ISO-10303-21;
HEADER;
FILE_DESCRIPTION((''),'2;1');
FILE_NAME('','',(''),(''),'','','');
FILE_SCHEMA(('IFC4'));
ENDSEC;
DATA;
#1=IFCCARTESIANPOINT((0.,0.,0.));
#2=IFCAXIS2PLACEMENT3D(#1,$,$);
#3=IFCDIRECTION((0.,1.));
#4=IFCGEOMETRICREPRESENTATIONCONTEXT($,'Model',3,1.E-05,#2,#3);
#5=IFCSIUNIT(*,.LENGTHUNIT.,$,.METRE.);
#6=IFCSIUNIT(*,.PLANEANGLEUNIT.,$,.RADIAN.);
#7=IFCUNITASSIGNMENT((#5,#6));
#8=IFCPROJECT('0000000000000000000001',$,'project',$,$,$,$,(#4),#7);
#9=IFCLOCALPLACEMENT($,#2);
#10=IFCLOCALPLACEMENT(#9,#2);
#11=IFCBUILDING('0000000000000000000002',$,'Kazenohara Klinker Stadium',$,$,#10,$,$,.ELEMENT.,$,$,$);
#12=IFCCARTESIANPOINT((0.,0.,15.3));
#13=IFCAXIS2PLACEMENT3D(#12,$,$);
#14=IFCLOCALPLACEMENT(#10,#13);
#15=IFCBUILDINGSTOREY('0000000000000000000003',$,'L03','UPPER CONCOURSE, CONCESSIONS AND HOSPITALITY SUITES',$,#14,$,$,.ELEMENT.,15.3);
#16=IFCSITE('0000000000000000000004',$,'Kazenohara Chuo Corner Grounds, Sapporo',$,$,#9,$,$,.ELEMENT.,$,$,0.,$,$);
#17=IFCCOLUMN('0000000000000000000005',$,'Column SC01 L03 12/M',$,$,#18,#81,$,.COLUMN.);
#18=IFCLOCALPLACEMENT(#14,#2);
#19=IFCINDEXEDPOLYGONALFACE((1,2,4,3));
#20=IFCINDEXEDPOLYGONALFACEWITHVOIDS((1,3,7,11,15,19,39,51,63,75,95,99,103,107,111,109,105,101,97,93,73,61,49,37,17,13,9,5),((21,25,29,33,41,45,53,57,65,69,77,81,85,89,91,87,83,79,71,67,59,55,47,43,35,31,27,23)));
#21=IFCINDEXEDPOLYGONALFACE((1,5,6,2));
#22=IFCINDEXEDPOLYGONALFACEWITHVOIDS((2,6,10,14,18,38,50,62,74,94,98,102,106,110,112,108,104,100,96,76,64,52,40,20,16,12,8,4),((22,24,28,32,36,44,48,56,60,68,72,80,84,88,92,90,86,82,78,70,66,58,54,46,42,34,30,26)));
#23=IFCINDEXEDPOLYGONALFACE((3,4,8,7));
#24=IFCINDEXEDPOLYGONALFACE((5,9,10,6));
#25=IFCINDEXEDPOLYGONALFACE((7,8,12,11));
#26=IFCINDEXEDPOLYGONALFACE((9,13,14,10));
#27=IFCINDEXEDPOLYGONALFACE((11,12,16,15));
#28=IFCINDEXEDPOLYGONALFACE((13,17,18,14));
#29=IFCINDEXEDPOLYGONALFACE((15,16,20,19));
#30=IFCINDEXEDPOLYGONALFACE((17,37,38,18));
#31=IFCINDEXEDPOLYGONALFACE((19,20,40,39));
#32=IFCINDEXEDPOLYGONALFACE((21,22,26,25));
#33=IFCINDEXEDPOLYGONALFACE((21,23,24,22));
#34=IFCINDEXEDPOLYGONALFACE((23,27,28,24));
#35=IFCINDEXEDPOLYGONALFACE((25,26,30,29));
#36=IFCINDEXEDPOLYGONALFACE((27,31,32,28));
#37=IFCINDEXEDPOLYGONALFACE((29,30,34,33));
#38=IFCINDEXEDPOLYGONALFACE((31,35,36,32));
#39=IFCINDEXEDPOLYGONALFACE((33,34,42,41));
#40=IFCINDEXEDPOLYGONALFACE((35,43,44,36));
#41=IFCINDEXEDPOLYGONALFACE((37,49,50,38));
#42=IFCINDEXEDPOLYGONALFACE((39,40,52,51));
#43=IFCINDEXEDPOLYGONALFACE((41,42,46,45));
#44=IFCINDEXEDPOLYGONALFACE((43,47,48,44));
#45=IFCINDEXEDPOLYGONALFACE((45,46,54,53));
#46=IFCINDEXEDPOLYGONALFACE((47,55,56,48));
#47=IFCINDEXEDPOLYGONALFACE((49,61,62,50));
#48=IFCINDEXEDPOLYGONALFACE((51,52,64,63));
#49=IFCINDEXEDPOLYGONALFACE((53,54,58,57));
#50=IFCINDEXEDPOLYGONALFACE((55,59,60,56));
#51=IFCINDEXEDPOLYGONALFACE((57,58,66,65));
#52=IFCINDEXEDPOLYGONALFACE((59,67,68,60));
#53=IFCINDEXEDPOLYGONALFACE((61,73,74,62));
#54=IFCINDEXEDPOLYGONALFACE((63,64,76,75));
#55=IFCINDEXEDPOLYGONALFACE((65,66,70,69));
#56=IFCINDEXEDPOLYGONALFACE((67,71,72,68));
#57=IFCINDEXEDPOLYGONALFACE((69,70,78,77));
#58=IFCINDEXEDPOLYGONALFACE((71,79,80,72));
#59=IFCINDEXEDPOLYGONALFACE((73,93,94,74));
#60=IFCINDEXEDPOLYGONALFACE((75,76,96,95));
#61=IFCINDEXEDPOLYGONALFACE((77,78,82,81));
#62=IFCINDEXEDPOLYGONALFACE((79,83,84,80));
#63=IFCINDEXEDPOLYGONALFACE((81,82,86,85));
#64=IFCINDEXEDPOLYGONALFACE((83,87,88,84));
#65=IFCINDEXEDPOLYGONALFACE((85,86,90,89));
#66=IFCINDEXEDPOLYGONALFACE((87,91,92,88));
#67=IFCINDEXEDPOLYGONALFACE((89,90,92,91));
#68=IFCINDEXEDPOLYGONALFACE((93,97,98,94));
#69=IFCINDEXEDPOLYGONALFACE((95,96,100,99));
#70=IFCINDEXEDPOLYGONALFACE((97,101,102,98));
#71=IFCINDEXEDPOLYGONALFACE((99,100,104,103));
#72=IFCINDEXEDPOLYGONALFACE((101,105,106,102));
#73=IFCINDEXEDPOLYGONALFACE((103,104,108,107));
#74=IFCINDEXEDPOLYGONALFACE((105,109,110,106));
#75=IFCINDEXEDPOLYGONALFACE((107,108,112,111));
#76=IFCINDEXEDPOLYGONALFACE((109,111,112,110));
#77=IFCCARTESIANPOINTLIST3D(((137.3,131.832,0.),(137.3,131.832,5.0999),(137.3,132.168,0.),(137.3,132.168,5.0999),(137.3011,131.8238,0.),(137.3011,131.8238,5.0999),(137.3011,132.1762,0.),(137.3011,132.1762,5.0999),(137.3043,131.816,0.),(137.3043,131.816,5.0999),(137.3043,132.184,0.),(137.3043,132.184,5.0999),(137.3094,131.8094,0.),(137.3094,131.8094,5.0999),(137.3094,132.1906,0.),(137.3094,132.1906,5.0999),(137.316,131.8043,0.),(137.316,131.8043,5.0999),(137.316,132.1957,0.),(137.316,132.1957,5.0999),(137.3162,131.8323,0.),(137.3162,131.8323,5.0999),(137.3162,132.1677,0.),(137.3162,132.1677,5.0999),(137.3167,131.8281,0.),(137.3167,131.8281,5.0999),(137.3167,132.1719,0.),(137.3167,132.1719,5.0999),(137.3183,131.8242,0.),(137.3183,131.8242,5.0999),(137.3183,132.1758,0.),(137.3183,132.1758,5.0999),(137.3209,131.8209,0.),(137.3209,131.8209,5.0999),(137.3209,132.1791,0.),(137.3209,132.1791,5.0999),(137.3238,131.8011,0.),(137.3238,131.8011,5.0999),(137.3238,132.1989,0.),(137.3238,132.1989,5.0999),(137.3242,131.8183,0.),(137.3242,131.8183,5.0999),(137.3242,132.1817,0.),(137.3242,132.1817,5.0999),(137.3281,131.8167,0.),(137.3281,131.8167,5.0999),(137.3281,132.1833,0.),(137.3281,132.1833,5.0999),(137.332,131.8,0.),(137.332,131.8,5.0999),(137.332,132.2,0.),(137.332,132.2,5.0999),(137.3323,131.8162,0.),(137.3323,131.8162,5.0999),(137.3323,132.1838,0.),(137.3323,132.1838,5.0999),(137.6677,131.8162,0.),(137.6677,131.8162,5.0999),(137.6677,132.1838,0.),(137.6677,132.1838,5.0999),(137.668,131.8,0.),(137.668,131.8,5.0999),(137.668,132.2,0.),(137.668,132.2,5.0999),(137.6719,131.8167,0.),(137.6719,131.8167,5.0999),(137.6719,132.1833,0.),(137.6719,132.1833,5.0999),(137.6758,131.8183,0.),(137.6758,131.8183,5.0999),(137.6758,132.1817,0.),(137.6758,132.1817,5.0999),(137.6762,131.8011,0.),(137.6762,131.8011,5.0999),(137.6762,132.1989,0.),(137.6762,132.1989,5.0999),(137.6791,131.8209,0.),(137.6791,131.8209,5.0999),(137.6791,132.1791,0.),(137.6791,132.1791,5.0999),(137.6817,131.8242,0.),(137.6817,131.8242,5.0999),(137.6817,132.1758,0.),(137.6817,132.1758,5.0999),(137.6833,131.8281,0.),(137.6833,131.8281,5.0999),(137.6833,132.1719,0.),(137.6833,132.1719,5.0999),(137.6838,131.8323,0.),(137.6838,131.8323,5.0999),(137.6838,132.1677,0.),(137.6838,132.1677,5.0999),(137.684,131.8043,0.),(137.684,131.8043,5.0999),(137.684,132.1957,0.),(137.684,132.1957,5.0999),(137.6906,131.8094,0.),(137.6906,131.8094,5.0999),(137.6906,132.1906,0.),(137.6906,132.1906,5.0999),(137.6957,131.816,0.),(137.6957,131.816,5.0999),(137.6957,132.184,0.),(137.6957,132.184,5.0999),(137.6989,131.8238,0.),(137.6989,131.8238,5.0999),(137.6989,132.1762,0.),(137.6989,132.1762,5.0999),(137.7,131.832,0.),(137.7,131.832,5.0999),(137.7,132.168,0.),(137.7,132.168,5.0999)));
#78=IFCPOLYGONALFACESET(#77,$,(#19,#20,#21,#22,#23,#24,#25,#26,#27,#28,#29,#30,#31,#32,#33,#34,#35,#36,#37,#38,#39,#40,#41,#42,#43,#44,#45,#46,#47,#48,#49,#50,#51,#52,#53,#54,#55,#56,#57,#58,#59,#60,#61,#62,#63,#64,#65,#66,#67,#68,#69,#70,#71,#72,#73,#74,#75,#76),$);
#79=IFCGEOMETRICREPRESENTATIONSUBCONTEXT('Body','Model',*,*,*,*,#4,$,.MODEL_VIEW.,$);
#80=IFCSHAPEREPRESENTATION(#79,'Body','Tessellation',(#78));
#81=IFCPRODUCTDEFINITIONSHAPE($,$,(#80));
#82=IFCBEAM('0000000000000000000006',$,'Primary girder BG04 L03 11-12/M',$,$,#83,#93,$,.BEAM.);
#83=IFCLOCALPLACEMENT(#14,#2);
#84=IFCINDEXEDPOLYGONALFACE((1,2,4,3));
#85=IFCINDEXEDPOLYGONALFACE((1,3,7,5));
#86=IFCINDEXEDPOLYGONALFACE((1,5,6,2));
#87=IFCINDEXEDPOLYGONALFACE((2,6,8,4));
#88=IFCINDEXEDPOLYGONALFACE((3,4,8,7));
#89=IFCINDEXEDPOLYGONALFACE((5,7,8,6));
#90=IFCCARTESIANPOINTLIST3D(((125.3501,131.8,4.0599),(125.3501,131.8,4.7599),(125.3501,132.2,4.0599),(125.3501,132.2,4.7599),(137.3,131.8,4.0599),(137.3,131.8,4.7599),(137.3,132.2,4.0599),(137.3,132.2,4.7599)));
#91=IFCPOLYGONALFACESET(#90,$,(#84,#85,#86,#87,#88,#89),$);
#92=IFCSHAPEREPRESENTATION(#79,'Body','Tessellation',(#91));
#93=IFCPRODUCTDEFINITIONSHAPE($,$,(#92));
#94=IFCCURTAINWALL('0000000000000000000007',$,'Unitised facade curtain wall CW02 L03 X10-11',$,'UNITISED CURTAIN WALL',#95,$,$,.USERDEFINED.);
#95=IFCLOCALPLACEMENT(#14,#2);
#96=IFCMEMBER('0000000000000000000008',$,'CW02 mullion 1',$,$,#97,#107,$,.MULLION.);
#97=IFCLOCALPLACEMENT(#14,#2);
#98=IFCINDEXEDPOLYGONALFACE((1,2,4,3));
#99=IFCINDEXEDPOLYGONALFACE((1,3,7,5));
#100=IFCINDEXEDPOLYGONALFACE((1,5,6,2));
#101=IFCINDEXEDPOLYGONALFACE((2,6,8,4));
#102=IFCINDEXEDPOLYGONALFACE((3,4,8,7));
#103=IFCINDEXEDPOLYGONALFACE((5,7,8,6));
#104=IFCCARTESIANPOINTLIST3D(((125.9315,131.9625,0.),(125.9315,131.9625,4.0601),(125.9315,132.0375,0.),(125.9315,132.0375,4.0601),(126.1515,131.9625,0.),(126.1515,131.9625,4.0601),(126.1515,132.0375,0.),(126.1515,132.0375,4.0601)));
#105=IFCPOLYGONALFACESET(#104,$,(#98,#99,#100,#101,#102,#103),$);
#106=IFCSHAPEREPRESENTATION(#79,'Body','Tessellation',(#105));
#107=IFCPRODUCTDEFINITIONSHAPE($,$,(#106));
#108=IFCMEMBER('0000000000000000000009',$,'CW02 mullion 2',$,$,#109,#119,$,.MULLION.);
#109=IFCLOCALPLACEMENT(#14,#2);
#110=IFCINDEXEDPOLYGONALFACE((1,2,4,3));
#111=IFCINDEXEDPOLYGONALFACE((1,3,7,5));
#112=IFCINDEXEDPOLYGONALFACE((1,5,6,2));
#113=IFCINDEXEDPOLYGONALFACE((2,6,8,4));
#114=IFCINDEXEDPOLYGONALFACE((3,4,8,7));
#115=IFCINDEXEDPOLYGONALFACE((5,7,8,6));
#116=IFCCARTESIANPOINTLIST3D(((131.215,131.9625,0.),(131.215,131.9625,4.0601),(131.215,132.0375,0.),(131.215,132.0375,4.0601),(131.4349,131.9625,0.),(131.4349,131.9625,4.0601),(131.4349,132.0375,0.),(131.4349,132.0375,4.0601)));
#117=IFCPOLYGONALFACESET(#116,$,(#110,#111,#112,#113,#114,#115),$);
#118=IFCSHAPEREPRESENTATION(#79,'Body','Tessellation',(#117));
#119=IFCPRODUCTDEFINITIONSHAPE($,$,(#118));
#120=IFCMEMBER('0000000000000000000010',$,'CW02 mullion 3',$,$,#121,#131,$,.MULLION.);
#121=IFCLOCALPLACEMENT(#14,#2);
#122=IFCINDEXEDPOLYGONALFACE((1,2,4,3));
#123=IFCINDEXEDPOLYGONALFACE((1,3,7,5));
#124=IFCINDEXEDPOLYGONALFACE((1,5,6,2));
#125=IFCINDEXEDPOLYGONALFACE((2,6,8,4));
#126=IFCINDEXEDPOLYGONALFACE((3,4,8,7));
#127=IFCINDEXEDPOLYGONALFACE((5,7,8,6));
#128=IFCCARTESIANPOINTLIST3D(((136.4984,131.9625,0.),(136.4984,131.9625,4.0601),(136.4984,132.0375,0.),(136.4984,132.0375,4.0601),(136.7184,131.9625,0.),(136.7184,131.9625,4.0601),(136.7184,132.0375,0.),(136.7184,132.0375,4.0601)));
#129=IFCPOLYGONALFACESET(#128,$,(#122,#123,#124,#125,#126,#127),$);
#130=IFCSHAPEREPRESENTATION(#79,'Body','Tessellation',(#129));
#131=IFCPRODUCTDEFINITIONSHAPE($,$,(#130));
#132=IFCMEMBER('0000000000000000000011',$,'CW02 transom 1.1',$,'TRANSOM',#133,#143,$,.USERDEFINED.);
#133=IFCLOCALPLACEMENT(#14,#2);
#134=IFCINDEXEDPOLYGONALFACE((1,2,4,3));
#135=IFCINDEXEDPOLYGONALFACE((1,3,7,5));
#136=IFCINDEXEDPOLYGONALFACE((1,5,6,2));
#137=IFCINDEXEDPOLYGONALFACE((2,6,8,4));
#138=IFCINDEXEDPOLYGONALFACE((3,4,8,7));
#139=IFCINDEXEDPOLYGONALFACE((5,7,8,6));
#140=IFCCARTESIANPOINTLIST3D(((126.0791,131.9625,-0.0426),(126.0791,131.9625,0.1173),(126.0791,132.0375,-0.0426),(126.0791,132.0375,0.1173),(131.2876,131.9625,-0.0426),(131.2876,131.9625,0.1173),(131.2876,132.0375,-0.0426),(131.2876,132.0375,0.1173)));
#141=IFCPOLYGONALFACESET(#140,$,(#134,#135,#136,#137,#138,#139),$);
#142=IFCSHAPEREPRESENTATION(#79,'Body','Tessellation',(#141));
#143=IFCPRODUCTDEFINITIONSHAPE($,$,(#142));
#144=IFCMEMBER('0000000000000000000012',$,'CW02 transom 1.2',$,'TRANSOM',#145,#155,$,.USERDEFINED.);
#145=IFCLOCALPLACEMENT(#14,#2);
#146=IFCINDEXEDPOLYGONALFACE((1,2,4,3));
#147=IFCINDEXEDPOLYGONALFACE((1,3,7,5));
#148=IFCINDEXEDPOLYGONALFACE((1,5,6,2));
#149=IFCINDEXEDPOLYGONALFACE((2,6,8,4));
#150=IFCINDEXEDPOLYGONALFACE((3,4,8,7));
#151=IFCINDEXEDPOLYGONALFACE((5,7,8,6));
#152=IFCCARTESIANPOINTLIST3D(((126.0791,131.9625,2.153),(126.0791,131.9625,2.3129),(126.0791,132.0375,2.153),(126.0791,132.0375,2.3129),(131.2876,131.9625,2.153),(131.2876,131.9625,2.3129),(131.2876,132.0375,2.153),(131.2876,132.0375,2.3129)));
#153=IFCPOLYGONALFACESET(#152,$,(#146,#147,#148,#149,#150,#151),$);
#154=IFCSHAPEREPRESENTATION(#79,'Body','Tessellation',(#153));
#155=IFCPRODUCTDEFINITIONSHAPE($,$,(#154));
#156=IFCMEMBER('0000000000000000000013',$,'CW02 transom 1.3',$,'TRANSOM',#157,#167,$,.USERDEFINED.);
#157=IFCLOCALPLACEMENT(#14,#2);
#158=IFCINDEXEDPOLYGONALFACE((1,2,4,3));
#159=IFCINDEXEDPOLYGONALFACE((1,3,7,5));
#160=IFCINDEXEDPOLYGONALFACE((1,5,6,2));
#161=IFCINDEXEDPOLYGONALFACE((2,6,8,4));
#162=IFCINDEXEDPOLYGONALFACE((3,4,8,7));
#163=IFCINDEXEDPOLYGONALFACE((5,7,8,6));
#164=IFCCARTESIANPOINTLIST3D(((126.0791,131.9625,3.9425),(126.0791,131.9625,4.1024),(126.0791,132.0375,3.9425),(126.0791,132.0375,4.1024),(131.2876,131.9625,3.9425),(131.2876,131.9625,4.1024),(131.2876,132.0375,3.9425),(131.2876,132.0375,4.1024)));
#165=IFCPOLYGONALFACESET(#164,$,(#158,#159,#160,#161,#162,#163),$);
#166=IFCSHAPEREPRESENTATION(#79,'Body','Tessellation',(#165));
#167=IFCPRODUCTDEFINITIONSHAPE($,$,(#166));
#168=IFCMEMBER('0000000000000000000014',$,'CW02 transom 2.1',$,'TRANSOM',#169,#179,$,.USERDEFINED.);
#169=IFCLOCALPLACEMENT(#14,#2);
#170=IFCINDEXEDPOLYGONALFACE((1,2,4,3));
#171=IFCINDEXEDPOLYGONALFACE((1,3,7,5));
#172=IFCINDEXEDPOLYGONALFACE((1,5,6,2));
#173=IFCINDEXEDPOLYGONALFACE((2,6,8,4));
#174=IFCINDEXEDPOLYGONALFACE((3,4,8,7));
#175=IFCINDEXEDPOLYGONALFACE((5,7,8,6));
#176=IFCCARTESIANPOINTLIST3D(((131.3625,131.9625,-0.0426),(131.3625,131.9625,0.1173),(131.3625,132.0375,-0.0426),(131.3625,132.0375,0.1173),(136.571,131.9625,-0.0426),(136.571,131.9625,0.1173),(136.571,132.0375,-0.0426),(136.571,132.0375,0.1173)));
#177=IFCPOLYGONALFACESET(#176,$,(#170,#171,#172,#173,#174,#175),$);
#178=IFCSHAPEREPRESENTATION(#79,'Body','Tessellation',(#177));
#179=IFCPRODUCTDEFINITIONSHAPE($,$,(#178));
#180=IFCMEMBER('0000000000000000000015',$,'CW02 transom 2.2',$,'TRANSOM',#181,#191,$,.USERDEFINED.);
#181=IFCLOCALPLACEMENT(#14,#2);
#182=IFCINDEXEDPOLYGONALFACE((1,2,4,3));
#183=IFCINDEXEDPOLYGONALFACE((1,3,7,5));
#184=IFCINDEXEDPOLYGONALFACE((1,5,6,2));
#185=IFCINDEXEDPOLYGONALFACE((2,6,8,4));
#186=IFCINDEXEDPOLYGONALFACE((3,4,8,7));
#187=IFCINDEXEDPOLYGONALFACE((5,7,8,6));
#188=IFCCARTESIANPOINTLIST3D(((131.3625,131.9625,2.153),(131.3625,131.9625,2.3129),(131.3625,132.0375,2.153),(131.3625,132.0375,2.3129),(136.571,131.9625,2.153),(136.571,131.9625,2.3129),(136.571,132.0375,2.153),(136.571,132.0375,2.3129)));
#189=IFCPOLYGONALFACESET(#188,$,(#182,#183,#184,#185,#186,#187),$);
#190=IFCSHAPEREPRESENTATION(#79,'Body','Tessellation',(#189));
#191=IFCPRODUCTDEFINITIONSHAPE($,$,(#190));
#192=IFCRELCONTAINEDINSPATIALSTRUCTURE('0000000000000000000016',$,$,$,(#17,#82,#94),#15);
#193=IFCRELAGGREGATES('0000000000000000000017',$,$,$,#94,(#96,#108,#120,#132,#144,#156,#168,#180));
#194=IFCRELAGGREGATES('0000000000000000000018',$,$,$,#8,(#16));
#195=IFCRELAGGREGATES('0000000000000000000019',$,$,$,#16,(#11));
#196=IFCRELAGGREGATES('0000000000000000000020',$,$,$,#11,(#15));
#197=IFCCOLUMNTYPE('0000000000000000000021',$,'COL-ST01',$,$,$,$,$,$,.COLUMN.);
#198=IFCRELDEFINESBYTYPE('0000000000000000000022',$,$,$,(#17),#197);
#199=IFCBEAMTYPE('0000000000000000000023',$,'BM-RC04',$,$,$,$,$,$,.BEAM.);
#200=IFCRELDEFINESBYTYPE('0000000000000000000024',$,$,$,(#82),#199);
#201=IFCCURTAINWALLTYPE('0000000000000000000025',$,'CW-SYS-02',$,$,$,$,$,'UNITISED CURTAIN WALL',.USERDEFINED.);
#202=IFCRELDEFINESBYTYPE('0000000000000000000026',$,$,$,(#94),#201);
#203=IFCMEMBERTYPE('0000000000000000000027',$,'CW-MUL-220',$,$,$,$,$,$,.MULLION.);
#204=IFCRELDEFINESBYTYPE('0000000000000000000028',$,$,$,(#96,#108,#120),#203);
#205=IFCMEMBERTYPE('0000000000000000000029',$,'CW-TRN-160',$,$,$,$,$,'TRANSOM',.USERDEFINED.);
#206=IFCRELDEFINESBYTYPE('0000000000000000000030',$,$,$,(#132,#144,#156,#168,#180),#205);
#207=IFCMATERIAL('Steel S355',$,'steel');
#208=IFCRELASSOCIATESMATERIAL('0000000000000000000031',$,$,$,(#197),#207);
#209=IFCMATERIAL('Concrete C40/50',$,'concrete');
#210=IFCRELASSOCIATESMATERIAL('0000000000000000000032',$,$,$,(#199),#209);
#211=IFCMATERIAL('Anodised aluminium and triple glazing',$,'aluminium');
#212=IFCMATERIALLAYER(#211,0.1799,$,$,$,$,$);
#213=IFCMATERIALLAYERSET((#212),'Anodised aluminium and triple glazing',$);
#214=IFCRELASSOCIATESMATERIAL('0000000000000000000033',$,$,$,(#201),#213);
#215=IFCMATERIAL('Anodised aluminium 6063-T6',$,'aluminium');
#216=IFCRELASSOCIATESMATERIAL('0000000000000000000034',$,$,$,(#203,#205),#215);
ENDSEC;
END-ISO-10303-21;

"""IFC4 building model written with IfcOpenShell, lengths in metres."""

from ifc_helpers import new_model, si_unit, direction, frame, origin, origin_2d, place, context, subcontext, project, spatial, rectangle, hollow_rectangle, extrude, material, layer, layer_set, material_profile, profile_set, type_object, element, aggregate, save


model = new_model("IFC4")

# Units and contexts
model_context = context("Model", 3, precision=1e-05, world=origin(), true_north=direction((0.0, 1.0)))
body_context = subcontext(model_context, "Body", "Model", "MODEL_VIEW")
ifc_project = project(units=[si_unit("LENGTHUNIT", "METRE"), si_unit("PLANEANGLEUNIT", "RADIAN")], contexts=[model_context])

# Site, building, storey
site_placement = place(None, origin())
site = spatial("IfcSite", under=ifc_project, at=site_placement, Name="Kazenohara Chuo Corner Grounds, Sapporo", CompositionType="ELEMENT", RefElevation=0.0)
building_placement = place(site_placement, origin())
building = spatial("IfcBuilding", under=site, at=building_placement, Name="Kazenohara Klinker Stadium", CompositionType="ELEMENT")
storey_placement = place(building_placement, frame((0.0, 0.0, 15.3)))
storey = spatial("IfcBuildingStorey", under=building, at=storey_placement, Name="L03", Description="UPPER CONCOURSE, CONCESSIONS AND HOSPITALITY SUITES", CompositionType="ELEMENT", Elevation=15.3)

# Column
ifc_material_1 = material(Name="Steel S355", Category="steel")
ifc_material_profile_1 = material_profile(ifc_material_1, hollow_rectangle(XDim=0.3999, YDim=0.3999, WallThickness=0.0161, InnerFilletRadius=0.0161, OuterFilletRadius=0.032, at=origin_2d()), Name="SHS-400x400x16")
ifc_profile_set_1 = profile_set([ifc_material_profile_1], Name="Steel S355")
column_type = type_object("IfcColumnType", Name="COL-ST01", PredefinedType="COLUMN", material=ifc_profile_set_1)
column_placement = place(storey_placement, frame((137.5, 132.0, 0.0), z_axis=(0.0, 0.0, 1.0), x_axis=(1.0, 0.0, 0.0)))
element("IfcColumn", 1, at=column_placement, inside=storey, type_object=column_type, Name="Column SC01 L03 12/M", PredefinedType="COLUMN", context=body_context, shape_type="SweptSolid", body=[
    extrude(hollow_rectangle(XDim=0.3999, YDim=0.3999, WallThickness=0.0161, InnerFilletRadius=0.0161, OuterFilletRadius=0.032, at=origin_2d()), origin(), (0.0, 0.0, 1.0), 5.0999),
])

# Beam
ifc_material_2 = material(Name="Concrete C40/50", Category="concrete")
ifc_material_profile_2 = material_profile(ifc_material_2, rectangle(XDim=0.3999, YDim=0.7, at=origin_2d()), Name="RC-BM-400x700")
ifc_profile_set_2 = profile_set([ifc_material_profile_2], Name="Concrete C40/50")
beam_type = type_object("IfcBeamType", Name="BM-RC04", PredefinedType="BEAM", material=ifc_profile_set_2)
beam_placement = place(storey_placement, frame((125.3501, 132.0, 4.4099), z_axis=(1.0, 0.0, 0.0), x_axis=(0.0, 1.0, 0.0)))
element("IfcBeam", 2, at=beam_placement, inside=storey, type_object=beam_type, Name="Primary girder BG04 L03 11-12/M", PredefinedType="BEAM", context=body_context, shape_type="SweptSolid", body=[
    extrude(rectangle(XDim=0.3999, YDim=0.7, at=origin_2d()), origin(), (0.0, 0.0, 1.0), 11.95),
])

# Curtain wall, members
ifc_material_3 = material(Name="Anodised aluminium and triple glazing", Category="aluminium")
ifc_layer_1 = layer(ifc_material_3, 0.1799)
ifc_layer_set_1 = layer_set([ifc_layer_1], Name="Anodised aluminium and triple glazing")
curtain_wall_type = type_object("IfcCurtainWallType", Name="CW-SYS-02", ElementType="UNITISED CURTAIN WALL", PredefinedType="USERDEFINED", material=ifc_layer_set_1)
curtain_wall_placement = place(storey_placement, origin())
curtain_wall = element("IfcCurtainWall", 3, at=curtain_wall_placement, inside=storey, type_object=curtain_wall_type, Name="Unitised facade curtain wall CW02 L03 X10-11", ObjectType="UNITISED CURTAIN WALL", PredefinedType="USERDEFINED")
ifc_material_4 = material(Name="Anodised aluminium 6063-T6", Category="aluminium")
ifc_material_profile_3 = material_profile(ifc_material_4, rectangle(XDim=0.075, YDim=0.22, at=origin_2d()), Name="ALU-MUL-75x220")
ifc_profile_set_3 = profile_set([ifc_material_profile_3], Name="Anodised aluminium 6063-T6")
member_type_1 = type_object("IfcMemberType", Name="CW-MUL-220", PredefinedType="MULLION", material=ifc_profile_set_3)
member_1_placement = place(storey_placement, frame((126.0415, 132.0, 0.0), z_axis=(0.0, 0.0, 1.0), x_axis=(0.0, 1.0, 0.0)))
member_1 = element("IfcMember", 4, at=member_1_placement, type_object=member_type_1, Name="CW02 mullion 1", PredefinedType="MULLION", context=body_context, shape_type="SweptSolid", body=[
    extrude(rectangle(XDim=0.075, YDim=0.22, at=origin_2d()), origin(), (0.0, 0.0, 1.0), 4.0601),
])
member_2_placement = place(storey_placement, frame((131.325, 132.0, 0.0), z_axis=(0.0, 0.0, 1.0), x_axis=(0.0, 1.0, 0.0)))
member_2 = element("IfcMember", 5, at=member_2_placement, type_object=member_type_1, Name="CW02 mullion 2", PredefinedType="MULLION", context=body_context, shape_type="SweptSolid", body=[
    extrude(rectangle(XDim=0.075, YDim=0.22, at=origin_2d()), origin(), (0.0, 0.0, 1.0), 4.0601),
])
member_3_placement = place(storey_placement, frame((136.6084, 132.0, 0.0), z_axis=(0.0, 0.0, 1.0), x_axis=(0.0, 1.0, 0.0)))
member_3 = element("IfcMember", 6, at=member_3_placement, type_object=member_type_1, Name="CW02 mullion 3", PredefinedType="MULLION", context=body_context, shape_type="SweptSolid", body=[
    extrude(rectangle(XDim=0.075, YDim=0.22, at=origin_2d()), origin(), (0.0, 0.0, 1.0), 4.0601),
])
ifc_material_profile_4 = material_profile(ifc_material_4, rectangle(XDim=0.075, YDim=0.1599, at=origin_2d()), Name="ALU-TRN-75x160")
ifc_profile_set_4 = profile_set([ifc_material_profile_4], Name="Anodised aluminium 6063-T6")
member_type_2 = type_object("IfcMemberType", Name="CW-TRN-160", ElementType="TRANSOM", PredefinedType="USERDEFINED", material=ifc_profile_set_4)
member_4_placement = place(storey_placement, frame((126.0791, 132.0, 0.0374), z_axis=(1.0, 0.0, 0.0), x_axis=(0.0, 1.0, 0.0)))
member_4 = element("IfcMember", 7, at=member_4_placement, type_object=member_type_2, Name="CW02 transom 1.1", ObjectType="TRANSOM", PredefinedType="USERDEFINED", context=body_context, shape_type="SweptSolid", body=[
    extrude(rectangle(XDim=0.075, YDim=0.1599, at=origin_2d()), origin(), (0.0, 0.0, 1.0), 5.2085),
])
member_5_placement = place(storey_placement, frame((126.0791, 132.0, 2.2329), z_axis=(1.0, 0.0, 0.0), x_axis=(0.0, 1.0, 0.0)))
member_5 = element("IfcMember", 8, at=member_5_placement, type_object=member_type_2, Name="CW02 transom 1.2", ObjectType="TRANSOM", PredefinedType="USERDEFINED", context=body_context, shape_type="SweptSolid", body=[
    extrude(rectangle(XDim=0.075, YDim=0.1599, at=origin_2d()), origin(), (0.0, 0.0, 1.0), 5.2085),
])
member_6_placement = place(storey_placement, frame((126.0791, 132.0, 4.0225), z_axis=(1.0, 0.0, 0.0), x_axis=(0.0, 1.0, 0.0)))
member_6 = element("IfcMember", 9, at=member_6_placement, type_object=member_type_2, Name="CW02 transom 1.3", ObjectType="TRANSOM", PredefinedType="USERDEFINED", context=body_context, shape_type="SweptSolid", body=[
    extrude(rectangle(XDim=0.075, YDim=0.1599, at=origin_2d()), origin(), (0.0, 0.0, 1.0), 5.2085),
])
member_7_placement = place(storey_placement, frame((131.3625, 132.0, 0.0374), z_axis=(1.0, 0.0, 0.0), x_axis=(0.0, 1.0, 0.0)))
member_7 = element("IfcMember", 10, at=member_7_placement, type_object=member_type_2, Name="CW02 transom 2.1", ObjectType="TRANSOM", PredefinedType="USERDEFINED", context=body_context, shape_type="SweptSolid", body=[
    extrude(rectangle(XDim=0.075, YDim=0.1599, at=origin_2d()), origin(), (0.0, 0.0, 1.0), 5.2085),
])
member_8_placement = place(storey_placement, frame((131.3625, 132.0, 2.2329), z_axis=(1.0, 0.0, 0.0), x_axis=(0.0, 1.0, 0.0)))
member_8 = element("IfcMember", 11, at=member_8_placement, type_object=member_type_2, Name="CW02 transom 2.2", ObjectType="TRANSOM", PredefinedType="USERDEFINED", context=body_context, shape_type="SweptSolid", body=[
    extrude(rectangle(XDim=0.075, YDim=0.1599, at=origin_2d()), origin(), (0.0, 0.0, 1.0), 5.2085),
])
aggregate(curtain_wall, [member_1, member_2, member_3, member_4, member_5, member_6, member_7, member_8])

save(model, "model.ifc")
